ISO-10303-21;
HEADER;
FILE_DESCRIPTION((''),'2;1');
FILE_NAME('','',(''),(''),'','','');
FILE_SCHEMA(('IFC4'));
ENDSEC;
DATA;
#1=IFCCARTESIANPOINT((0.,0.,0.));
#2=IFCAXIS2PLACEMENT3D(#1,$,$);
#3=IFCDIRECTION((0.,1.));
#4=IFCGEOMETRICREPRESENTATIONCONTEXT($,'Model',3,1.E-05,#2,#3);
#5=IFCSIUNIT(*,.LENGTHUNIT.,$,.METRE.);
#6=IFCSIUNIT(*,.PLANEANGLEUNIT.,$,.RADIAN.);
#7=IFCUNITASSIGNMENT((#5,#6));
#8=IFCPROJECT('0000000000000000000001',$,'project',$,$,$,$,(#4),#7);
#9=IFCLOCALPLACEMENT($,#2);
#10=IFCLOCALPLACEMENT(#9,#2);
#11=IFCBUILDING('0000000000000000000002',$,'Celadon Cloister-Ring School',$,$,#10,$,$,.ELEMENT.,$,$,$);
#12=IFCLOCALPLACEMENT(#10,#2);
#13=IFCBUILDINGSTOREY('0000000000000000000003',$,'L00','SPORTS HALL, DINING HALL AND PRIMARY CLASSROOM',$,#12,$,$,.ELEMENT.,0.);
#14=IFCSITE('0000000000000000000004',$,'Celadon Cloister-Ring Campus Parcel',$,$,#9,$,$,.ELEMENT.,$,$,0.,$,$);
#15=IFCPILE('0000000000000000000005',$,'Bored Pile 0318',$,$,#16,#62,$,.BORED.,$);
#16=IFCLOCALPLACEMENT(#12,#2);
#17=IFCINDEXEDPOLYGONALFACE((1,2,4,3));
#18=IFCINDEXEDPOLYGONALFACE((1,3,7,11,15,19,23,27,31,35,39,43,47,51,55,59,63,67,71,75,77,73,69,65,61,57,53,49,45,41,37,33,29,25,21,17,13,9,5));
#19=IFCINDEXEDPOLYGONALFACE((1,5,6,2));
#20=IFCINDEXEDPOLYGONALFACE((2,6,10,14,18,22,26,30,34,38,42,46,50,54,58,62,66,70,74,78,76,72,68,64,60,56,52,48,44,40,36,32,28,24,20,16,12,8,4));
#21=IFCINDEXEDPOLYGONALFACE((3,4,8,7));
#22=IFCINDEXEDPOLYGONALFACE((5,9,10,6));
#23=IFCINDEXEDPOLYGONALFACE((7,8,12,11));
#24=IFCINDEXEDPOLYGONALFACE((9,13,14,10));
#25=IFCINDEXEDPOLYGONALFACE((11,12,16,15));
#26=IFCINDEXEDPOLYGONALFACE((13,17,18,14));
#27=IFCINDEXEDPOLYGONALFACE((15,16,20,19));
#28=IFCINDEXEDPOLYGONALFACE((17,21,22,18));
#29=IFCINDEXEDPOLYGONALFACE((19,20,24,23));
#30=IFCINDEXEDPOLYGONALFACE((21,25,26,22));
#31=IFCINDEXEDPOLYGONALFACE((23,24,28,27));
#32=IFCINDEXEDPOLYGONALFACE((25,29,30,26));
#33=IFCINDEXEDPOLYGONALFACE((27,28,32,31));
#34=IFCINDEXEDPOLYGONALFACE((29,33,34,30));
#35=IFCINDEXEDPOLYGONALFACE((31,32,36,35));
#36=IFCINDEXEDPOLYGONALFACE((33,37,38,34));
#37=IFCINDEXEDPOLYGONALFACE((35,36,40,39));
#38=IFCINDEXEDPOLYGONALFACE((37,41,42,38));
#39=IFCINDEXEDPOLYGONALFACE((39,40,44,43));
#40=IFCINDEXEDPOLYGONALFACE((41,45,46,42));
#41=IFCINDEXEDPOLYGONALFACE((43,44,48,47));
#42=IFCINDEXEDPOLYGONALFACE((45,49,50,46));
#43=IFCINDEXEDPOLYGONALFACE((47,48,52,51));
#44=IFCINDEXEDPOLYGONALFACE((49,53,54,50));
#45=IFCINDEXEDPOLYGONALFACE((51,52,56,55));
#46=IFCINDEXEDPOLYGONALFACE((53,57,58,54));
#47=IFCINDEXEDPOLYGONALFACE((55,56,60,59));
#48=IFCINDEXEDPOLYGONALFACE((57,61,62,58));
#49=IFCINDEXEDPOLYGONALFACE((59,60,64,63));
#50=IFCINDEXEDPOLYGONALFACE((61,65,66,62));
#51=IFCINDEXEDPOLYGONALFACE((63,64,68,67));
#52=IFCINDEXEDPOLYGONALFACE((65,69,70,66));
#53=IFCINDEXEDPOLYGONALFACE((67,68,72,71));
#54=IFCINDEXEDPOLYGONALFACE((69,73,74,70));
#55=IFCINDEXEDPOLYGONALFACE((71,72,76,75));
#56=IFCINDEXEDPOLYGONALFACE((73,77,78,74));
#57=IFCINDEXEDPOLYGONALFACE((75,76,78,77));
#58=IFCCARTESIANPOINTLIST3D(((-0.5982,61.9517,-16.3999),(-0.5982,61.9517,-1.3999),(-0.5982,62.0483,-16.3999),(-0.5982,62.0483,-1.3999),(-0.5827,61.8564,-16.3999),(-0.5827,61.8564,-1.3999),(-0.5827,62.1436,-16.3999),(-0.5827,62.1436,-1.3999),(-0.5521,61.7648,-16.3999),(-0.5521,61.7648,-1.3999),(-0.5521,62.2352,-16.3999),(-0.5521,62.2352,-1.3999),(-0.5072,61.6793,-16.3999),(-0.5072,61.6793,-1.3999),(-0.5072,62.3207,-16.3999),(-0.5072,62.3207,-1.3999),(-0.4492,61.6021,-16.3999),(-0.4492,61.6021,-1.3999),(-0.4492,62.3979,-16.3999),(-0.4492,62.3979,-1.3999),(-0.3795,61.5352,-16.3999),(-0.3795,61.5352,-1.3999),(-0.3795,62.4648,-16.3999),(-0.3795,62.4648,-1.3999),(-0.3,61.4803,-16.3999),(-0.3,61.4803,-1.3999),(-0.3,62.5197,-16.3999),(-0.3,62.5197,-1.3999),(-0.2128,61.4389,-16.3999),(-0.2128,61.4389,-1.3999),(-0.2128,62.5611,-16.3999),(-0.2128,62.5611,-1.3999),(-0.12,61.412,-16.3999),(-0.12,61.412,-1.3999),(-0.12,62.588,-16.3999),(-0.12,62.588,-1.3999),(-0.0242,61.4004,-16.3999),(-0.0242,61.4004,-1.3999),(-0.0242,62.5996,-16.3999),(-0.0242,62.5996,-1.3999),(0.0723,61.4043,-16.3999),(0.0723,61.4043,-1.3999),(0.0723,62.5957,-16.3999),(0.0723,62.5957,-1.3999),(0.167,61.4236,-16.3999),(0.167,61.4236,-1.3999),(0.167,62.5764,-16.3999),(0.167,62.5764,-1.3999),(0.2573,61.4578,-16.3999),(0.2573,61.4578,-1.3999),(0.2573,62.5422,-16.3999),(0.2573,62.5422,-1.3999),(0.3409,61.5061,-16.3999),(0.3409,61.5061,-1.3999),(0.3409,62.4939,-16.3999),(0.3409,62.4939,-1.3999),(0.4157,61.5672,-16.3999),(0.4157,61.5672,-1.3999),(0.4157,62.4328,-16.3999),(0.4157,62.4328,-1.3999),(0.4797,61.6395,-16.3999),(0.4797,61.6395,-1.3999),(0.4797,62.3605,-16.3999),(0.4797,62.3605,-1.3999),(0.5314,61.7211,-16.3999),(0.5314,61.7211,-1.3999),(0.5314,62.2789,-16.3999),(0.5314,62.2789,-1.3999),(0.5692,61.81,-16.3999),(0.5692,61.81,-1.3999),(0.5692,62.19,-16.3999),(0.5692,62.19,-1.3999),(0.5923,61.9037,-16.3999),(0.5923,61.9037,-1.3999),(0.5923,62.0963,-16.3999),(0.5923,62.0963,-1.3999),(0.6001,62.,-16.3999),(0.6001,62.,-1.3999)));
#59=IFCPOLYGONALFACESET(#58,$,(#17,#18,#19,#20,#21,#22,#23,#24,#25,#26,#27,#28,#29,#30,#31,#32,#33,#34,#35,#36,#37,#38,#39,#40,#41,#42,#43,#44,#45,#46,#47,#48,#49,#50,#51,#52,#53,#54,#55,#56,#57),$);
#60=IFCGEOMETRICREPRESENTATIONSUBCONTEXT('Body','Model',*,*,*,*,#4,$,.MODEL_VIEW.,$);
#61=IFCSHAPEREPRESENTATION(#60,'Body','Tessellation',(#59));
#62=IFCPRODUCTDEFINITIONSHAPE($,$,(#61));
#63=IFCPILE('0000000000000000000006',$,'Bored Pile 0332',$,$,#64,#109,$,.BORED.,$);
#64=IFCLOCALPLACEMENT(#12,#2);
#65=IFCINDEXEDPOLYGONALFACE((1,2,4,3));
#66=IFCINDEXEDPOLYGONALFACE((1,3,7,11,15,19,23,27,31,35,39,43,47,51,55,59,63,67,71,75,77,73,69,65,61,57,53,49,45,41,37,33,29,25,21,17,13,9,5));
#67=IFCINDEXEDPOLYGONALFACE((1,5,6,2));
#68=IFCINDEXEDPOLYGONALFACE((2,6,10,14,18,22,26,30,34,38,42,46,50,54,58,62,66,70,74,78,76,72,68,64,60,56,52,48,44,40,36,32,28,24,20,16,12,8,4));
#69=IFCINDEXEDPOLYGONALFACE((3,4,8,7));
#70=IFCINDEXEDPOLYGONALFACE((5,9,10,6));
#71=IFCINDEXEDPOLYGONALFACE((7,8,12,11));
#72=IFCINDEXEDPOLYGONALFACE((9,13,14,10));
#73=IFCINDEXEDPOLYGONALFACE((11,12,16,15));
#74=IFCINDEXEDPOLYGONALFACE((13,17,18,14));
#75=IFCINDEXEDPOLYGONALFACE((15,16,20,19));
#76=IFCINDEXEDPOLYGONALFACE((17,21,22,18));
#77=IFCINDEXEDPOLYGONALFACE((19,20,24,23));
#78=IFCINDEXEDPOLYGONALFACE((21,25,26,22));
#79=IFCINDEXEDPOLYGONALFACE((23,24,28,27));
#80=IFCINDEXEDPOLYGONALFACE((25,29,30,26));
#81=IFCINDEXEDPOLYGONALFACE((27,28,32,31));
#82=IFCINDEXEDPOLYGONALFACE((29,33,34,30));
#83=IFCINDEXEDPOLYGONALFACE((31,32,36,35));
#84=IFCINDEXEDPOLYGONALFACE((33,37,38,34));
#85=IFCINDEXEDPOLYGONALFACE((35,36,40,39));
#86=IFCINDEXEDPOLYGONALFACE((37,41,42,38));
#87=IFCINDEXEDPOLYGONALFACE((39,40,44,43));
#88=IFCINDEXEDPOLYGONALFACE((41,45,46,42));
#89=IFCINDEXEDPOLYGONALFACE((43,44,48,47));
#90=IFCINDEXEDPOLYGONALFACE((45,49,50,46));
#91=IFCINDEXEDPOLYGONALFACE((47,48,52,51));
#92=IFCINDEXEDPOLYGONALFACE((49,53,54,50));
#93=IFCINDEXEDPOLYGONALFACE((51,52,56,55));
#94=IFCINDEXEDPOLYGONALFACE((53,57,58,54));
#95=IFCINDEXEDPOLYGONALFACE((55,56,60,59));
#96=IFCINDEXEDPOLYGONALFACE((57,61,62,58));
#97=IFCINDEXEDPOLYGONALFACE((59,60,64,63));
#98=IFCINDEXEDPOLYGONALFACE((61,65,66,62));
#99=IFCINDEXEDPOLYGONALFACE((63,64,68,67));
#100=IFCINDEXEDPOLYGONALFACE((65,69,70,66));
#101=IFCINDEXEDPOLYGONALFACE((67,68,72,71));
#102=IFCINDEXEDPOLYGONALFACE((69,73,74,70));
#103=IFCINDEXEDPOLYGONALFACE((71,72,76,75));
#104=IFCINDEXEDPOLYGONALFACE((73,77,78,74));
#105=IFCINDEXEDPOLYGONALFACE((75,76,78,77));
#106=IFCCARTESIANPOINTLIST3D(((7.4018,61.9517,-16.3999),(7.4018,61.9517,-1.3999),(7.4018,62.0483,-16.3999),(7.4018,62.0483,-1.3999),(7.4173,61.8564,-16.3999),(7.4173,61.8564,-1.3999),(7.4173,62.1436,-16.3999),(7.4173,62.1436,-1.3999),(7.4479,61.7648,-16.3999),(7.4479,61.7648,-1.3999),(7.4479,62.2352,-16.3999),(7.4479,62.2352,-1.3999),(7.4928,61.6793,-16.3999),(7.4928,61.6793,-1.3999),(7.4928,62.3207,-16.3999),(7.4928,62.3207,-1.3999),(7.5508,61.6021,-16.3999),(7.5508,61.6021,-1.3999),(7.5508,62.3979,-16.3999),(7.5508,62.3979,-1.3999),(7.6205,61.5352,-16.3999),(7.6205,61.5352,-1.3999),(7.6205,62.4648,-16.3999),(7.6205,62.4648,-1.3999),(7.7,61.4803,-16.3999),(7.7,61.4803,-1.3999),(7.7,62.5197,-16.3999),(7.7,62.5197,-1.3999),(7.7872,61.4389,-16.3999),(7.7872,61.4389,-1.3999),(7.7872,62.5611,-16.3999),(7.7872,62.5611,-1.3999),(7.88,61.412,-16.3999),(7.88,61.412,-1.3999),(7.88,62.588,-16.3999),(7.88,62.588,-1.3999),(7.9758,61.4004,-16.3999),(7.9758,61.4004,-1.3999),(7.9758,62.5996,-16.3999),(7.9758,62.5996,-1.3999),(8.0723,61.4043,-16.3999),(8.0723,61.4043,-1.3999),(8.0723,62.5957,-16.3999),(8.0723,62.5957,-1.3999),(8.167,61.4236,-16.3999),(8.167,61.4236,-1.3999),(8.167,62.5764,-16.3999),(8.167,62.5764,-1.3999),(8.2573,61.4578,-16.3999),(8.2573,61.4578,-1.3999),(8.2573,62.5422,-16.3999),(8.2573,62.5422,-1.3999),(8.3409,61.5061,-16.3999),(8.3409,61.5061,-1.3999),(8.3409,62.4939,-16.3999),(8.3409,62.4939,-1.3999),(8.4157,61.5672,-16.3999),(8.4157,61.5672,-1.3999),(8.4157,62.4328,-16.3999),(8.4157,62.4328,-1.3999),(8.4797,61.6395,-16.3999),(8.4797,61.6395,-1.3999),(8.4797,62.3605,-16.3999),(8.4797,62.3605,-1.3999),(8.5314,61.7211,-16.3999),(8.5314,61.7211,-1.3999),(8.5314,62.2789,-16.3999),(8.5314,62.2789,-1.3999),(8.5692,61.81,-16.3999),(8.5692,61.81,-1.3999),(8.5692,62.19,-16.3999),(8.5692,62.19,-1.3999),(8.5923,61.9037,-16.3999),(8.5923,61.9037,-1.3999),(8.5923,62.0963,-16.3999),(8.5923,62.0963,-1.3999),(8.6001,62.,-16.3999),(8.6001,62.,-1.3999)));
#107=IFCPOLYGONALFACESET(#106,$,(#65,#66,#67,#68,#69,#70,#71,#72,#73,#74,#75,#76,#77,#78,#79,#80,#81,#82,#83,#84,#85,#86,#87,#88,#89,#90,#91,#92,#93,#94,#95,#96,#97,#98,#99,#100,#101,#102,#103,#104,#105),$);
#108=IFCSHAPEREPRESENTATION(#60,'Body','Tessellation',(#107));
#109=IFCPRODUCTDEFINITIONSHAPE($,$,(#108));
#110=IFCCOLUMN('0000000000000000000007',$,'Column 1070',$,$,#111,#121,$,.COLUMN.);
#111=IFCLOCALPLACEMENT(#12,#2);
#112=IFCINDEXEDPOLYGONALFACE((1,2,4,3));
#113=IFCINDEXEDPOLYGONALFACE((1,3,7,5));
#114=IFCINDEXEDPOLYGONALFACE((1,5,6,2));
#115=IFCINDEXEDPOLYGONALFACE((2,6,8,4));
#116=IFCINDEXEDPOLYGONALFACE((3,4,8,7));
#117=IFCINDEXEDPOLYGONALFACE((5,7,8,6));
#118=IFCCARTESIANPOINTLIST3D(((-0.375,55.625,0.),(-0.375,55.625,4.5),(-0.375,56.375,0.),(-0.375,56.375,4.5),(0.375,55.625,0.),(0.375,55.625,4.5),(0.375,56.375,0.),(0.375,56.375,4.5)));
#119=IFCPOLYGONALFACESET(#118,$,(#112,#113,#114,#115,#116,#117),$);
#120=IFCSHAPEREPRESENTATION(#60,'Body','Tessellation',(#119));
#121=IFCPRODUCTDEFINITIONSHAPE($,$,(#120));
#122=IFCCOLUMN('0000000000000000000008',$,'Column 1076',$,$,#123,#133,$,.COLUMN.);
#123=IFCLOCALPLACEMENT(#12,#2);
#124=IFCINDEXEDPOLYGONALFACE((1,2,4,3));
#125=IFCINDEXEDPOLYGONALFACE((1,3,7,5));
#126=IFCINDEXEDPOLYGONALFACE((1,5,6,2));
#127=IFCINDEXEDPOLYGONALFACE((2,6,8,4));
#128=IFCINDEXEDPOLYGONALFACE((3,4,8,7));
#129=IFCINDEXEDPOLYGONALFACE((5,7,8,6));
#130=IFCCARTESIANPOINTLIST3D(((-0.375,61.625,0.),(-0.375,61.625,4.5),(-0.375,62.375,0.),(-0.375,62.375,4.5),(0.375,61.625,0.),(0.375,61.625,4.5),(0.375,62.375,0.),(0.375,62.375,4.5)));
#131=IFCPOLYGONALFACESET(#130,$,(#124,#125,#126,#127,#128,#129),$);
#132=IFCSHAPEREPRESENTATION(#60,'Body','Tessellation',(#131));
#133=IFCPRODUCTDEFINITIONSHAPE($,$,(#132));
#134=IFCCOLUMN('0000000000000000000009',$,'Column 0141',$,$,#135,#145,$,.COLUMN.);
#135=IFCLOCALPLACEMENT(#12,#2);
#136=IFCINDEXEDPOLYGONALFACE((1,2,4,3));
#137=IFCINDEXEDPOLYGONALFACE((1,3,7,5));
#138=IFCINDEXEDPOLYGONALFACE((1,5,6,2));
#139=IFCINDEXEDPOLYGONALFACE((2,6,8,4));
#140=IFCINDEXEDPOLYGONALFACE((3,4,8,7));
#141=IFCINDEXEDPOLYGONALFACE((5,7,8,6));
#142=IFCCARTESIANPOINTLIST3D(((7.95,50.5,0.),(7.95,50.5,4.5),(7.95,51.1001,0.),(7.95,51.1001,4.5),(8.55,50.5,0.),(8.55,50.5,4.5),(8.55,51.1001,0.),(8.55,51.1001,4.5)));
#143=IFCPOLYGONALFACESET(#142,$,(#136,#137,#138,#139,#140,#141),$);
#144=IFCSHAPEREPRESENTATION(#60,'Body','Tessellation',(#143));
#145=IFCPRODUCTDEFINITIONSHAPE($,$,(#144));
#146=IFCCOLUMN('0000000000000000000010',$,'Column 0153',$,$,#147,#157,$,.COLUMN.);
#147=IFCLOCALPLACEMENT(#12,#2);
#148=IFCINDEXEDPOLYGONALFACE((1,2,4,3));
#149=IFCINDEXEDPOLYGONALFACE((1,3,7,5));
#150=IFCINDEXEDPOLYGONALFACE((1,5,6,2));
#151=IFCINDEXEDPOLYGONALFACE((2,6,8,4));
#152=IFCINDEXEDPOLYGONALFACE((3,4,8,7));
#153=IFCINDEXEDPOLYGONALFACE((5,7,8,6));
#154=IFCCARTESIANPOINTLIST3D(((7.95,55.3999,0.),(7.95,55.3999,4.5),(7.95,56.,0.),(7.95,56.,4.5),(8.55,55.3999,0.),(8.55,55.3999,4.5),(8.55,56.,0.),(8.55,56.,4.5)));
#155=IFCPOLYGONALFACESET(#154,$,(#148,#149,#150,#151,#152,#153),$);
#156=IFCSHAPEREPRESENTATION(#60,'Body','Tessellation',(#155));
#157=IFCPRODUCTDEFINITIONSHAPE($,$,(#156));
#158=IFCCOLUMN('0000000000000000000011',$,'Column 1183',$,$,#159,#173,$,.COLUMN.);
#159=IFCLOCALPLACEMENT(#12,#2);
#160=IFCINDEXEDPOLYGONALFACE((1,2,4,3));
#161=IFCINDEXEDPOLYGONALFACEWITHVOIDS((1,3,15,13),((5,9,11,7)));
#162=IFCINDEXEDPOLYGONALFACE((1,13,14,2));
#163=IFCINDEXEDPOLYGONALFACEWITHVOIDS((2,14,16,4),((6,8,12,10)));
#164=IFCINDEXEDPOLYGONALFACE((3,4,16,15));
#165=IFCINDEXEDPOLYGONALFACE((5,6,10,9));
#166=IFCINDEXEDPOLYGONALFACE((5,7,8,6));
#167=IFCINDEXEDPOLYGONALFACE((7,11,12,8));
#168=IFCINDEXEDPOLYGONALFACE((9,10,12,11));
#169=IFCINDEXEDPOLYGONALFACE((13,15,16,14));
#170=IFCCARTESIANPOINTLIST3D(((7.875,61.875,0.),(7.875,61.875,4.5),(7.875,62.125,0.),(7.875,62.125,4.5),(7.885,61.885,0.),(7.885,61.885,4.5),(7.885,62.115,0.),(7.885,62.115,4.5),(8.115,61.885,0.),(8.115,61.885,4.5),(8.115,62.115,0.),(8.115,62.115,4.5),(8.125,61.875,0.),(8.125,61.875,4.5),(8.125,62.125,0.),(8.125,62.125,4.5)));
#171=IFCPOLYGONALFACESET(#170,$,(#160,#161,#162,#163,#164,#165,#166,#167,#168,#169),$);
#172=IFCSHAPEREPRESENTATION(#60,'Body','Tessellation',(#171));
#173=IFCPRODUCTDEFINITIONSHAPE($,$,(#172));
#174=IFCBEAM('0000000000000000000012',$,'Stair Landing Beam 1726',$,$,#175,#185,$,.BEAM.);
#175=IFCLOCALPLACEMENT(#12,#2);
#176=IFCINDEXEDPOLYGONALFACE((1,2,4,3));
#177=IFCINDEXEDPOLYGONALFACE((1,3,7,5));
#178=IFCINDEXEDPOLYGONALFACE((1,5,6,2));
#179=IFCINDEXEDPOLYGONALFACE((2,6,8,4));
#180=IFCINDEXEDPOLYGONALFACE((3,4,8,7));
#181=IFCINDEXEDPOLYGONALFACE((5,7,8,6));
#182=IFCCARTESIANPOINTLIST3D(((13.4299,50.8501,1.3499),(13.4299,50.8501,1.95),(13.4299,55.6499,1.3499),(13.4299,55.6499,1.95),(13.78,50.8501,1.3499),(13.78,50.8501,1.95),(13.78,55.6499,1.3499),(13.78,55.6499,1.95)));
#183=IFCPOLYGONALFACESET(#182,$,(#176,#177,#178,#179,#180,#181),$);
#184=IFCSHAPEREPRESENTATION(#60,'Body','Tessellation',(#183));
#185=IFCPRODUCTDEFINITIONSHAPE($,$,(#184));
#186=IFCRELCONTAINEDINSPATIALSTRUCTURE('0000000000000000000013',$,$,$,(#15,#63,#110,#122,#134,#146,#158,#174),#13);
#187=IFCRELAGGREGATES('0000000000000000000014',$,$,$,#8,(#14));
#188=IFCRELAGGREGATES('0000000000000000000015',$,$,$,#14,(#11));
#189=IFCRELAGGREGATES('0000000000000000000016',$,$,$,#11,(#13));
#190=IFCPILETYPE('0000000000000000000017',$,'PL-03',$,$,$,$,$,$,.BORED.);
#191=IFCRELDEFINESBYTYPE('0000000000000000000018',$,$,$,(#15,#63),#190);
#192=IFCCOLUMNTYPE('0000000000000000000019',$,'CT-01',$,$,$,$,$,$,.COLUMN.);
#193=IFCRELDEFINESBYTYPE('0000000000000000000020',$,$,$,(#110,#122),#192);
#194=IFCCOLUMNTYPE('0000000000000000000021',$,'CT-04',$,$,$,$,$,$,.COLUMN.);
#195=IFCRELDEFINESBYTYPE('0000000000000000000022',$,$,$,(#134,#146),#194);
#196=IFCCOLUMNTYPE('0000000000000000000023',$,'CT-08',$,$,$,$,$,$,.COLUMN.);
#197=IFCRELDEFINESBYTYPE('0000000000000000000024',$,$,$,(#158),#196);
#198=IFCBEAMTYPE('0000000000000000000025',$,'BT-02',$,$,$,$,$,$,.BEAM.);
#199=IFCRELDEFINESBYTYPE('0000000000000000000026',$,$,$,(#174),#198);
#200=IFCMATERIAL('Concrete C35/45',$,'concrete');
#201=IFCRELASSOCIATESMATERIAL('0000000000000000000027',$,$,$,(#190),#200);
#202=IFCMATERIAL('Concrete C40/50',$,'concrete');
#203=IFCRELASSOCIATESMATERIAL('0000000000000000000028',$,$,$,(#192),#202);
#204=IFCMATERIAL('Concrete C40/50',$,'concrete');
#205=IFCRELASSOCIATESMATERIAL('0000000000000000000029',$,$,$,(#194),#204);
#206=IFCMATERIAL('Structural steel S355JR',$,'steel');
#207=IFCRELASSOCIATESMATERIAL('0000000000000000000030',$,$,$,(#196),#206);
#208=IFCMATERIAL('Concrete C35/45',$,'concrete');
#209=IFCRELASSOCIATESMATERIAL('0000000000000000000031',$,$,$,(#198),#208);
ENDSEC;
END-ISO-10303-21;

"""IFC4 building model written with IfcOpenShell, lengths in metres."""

from ifc_helpers import new_model, si_unit, direction, frame, origin, origin_2d, place, context, subcontext, project, spatial, rectangle, hollow_rectangle, circle, extrude, material, material_profile, profile_set, type_object, element, save


model = new_model("IFC4")

# Units and contexts
model_context = context("Model", 3, precision=1e-05, world=origin(), true_north=direction((0.0, 1.0)))
body_context = subcontext(model_context, "Body", "Model", "MODEL_VIEW")
ifc_project = project(units=[si_unit("LENGTHUNIT", "METRE"), si_unit("PLANEANGLEUNIT", "RADIAN")], contexts=[model_context])

# Site, building, storey
site_placement = place(None, origin())
site = spatial("IfcSite", under=ifc_project, at=site_placement, Name="Celadon Cloister-Ring Campus Parcel", CompositionType="ELEMENT", RefElevation=0.0)
building_placement = place(site_placement, origin())
building = spatial("IfcBuilding", under=site, at=building_placement, Name="Celadon Cloister-Ring School", CompositionType="ELEMENT")
storey_placement = place(building_placement, origin())
storey = spatial("IfcBuildingStorey", under=building, at=storey_placement, Name="L00", Description="SPORTS HALL, DINING HALL AND PRIMARY CLASSROOM", CompositionType="ELEMENT", Elevation=0.0)

# Piles
ifc_material_1 = material(Name="Concrete C35/45", Category="concrete")
ifc_material_profile_1 = material_profile(ifc_material_1, circle(Radius=0.6001, at=origin_2d()), Name="PILE1200")
ifc_profile_set_1 = profile_set([ifc_material_profile_1], Name="Concrete C35/45")
pile_type_1 = type_object("IfcPileType", Name="PL-03", PredefinedType="BORED", material=ifc_profile_set_1)
for number, where, z_axis, x_axis, name in (
    (1, (0.0, 62.0, -1.3999), (0.0, 0.0, -1.0), (1.0, 0.0, 0.0), "Bored Pile 0318"),
    (2, (8.0, 62.0, -1.3999), (0.0, 0.0, -1.0), (1.0, 0.0, 0.0), "Bored Pile 0332"),
):
    element("IfcPile", number, at=place(storey_placement, frame(where, z_axis=z_axis, x_axis=x_axis)), inside=storey, type_object=pile_type_1, Name=name, PredefinedType="BORED", context=body_context, shape_type="SweptSolid", body=[
        extrude(circle(Radius=0.6001, at=origin_2d()), origin(), (0.0, 0.0, 1.0), 15.0),
    ])

# Columns
ifc_material_2 = material(Name="Concrete C40/50", Category="concrete")
ifc_material_profile_2 = material_profile(ifc_material_2, rectangle(XDim=0.75, YDim=0.75, at=origin_2d()), Name="RC750X750")
ifc_profile_set_2 = profile_set([ifc_material_profile_2], Name="Concrete C40/50")
column_type_1 = type_object("IfcColumnType", Name="CT-01", PredefinedType="COLUMN", material=ifc_profile_set_2)
for number, where, z_axis, x_axis, name in (
    (3, (0.0, 56.0, 0.0), (0.0, 0.0, 1.0), (1.0, 0.0, 0.0), "Column 1070"),
    (4, (0.0, 62.0, 0.0), (0.0, 0.0, 1.0), (1.0, 0.0, 0.0), "Column 1076"),
):
    element("IfcColumn", number, at=place(storey_placement, frame(where, z_axis=z_axis, x_axis=x_axis)), inside=storey, type_object=column_type_1, Name=name, PredefinedType="COLUMN", context=body_context, shape_type="SweptSolid", body=[
        extrude(rectangle(XDim=0.75, YDim=0.75, at=origin_2d()), origin(), (0.0, 0.0, 1.0), 4.5),
    ])
ifc_material_3 = material(Name="Concrete C40/50", Category="concrete")
ifc_material_profile_3 = material_profile(ifc_material_3, rectangle(XDim=0.6001, YDim=0.6001, at=origin_2d()), Name="RC600X600")
ifc_profile_set_3 = profile_set([ifc_material_profile_3], Name="Concrete C40/50")
column_type_2 = type_object("IfcColumnType", Name="CT-04", PredefinedType="COLUMN", material=ifc_profile_set_3)
for number, where, z_axis, x_axis, name in (
    (5, (8.25, 50.8, 0.0), (0.0, 0.0, 1.0), (1.0, 0.0, 0.0), "Column 0141"),
    (6, (8.25, 55.7, 0.0), (0.0, 0.0, 1.0), (1.0, 0.0, 0.0), "Column 0153"),
):
    element("IfcColumn", number, at=place(storey_placement, frame(where, z_axis=z_axis, x_axis=x_axis)), inside=storey, type_object=column_type_2, Name=name, PredefinedType="COLUMN", context=body_context, shape_type="SweptSolid", body=[
        extrude(rectangle(XDim=0.6001, YDim=0.6001, at=origin_2d()), origin(), (0.0, 0.0, 1.0), 4.5),
    ])
ifc_material_4 = material(Name="Structural steel S355JR", Category="steel")
ifc_material_profile_4 = material_profile(ifc_material_4, hollow_rectangle(XDim=0.25, YDim=0.25, WallThickness=0.01, at=origin_2d()), Name="HSS250X250X10")
ifc_profile_set_4 = profile_set([ifc_material_profile_4], Name="Structural steel S355JR")
column_type_3 = type_object("IfcColumnType", Name="CT-08", PredefinedType="COLUMN", material=ifc_profile_set_4)
column_placement = place(storey_placement, frame((8.0, 62.0, 0.0), z_axis=(0.0, 0.0, 1.0), x_axis=(1.0, 0.0, 0.0)))
element("IfcColumn", 7, at=column_placement, inside=storey, type_object=column_type_3, Name="Column 1183", PredefinedType="COLUMN", context=body_context, shape_type="SweptSolid", body=[
    extrude(hollow_rectangle(XDim=0.25, YDim=0.25, WallThickness=0.01, at=origin_2d()), origin(), (0.0, 0.0, 1.0), 4.5),
])

# Beam
ifc_material_5 = material(Name="Concrete C35/45", Category="concrete")
ifc_material_profile_5 = material_profile(ifc_material_5, rectangle(XDim=0.3501, YDim=0.6001, at=origin_2d()), Name="RC350X600")
ifc_profile_set_5 = profile_set([ifc_material_profile_5], Name="Concrete C35/45")
beam_type_1 = type_object("IfcBeamType", Name="BT-02", PredefinedType="BEAM", material=ifc_profile_set_5)
beam_1_placement = place(storey_placement, frame((13.605, 50.8501, 1.6499), z_axis=(0.0, 1.0, 0.0), x_axis=(-1.0, 0.0, 0.0)))
element("IfcBeam", 8, at=beam_1_placement, inside=storey, type_object=beam_type_1, Name="Stair Landing Beam 1726", PredefinedType="BEAM", context=body_context, shape_type="SweptSolid", body=[
    extrude(rectangle(XDim=0.3501, YDim=0.6001, at=origin_2d()), origin(), (0.0, 0.0, 1.0), 4.7998),
])

save(model, "model.ifc")
